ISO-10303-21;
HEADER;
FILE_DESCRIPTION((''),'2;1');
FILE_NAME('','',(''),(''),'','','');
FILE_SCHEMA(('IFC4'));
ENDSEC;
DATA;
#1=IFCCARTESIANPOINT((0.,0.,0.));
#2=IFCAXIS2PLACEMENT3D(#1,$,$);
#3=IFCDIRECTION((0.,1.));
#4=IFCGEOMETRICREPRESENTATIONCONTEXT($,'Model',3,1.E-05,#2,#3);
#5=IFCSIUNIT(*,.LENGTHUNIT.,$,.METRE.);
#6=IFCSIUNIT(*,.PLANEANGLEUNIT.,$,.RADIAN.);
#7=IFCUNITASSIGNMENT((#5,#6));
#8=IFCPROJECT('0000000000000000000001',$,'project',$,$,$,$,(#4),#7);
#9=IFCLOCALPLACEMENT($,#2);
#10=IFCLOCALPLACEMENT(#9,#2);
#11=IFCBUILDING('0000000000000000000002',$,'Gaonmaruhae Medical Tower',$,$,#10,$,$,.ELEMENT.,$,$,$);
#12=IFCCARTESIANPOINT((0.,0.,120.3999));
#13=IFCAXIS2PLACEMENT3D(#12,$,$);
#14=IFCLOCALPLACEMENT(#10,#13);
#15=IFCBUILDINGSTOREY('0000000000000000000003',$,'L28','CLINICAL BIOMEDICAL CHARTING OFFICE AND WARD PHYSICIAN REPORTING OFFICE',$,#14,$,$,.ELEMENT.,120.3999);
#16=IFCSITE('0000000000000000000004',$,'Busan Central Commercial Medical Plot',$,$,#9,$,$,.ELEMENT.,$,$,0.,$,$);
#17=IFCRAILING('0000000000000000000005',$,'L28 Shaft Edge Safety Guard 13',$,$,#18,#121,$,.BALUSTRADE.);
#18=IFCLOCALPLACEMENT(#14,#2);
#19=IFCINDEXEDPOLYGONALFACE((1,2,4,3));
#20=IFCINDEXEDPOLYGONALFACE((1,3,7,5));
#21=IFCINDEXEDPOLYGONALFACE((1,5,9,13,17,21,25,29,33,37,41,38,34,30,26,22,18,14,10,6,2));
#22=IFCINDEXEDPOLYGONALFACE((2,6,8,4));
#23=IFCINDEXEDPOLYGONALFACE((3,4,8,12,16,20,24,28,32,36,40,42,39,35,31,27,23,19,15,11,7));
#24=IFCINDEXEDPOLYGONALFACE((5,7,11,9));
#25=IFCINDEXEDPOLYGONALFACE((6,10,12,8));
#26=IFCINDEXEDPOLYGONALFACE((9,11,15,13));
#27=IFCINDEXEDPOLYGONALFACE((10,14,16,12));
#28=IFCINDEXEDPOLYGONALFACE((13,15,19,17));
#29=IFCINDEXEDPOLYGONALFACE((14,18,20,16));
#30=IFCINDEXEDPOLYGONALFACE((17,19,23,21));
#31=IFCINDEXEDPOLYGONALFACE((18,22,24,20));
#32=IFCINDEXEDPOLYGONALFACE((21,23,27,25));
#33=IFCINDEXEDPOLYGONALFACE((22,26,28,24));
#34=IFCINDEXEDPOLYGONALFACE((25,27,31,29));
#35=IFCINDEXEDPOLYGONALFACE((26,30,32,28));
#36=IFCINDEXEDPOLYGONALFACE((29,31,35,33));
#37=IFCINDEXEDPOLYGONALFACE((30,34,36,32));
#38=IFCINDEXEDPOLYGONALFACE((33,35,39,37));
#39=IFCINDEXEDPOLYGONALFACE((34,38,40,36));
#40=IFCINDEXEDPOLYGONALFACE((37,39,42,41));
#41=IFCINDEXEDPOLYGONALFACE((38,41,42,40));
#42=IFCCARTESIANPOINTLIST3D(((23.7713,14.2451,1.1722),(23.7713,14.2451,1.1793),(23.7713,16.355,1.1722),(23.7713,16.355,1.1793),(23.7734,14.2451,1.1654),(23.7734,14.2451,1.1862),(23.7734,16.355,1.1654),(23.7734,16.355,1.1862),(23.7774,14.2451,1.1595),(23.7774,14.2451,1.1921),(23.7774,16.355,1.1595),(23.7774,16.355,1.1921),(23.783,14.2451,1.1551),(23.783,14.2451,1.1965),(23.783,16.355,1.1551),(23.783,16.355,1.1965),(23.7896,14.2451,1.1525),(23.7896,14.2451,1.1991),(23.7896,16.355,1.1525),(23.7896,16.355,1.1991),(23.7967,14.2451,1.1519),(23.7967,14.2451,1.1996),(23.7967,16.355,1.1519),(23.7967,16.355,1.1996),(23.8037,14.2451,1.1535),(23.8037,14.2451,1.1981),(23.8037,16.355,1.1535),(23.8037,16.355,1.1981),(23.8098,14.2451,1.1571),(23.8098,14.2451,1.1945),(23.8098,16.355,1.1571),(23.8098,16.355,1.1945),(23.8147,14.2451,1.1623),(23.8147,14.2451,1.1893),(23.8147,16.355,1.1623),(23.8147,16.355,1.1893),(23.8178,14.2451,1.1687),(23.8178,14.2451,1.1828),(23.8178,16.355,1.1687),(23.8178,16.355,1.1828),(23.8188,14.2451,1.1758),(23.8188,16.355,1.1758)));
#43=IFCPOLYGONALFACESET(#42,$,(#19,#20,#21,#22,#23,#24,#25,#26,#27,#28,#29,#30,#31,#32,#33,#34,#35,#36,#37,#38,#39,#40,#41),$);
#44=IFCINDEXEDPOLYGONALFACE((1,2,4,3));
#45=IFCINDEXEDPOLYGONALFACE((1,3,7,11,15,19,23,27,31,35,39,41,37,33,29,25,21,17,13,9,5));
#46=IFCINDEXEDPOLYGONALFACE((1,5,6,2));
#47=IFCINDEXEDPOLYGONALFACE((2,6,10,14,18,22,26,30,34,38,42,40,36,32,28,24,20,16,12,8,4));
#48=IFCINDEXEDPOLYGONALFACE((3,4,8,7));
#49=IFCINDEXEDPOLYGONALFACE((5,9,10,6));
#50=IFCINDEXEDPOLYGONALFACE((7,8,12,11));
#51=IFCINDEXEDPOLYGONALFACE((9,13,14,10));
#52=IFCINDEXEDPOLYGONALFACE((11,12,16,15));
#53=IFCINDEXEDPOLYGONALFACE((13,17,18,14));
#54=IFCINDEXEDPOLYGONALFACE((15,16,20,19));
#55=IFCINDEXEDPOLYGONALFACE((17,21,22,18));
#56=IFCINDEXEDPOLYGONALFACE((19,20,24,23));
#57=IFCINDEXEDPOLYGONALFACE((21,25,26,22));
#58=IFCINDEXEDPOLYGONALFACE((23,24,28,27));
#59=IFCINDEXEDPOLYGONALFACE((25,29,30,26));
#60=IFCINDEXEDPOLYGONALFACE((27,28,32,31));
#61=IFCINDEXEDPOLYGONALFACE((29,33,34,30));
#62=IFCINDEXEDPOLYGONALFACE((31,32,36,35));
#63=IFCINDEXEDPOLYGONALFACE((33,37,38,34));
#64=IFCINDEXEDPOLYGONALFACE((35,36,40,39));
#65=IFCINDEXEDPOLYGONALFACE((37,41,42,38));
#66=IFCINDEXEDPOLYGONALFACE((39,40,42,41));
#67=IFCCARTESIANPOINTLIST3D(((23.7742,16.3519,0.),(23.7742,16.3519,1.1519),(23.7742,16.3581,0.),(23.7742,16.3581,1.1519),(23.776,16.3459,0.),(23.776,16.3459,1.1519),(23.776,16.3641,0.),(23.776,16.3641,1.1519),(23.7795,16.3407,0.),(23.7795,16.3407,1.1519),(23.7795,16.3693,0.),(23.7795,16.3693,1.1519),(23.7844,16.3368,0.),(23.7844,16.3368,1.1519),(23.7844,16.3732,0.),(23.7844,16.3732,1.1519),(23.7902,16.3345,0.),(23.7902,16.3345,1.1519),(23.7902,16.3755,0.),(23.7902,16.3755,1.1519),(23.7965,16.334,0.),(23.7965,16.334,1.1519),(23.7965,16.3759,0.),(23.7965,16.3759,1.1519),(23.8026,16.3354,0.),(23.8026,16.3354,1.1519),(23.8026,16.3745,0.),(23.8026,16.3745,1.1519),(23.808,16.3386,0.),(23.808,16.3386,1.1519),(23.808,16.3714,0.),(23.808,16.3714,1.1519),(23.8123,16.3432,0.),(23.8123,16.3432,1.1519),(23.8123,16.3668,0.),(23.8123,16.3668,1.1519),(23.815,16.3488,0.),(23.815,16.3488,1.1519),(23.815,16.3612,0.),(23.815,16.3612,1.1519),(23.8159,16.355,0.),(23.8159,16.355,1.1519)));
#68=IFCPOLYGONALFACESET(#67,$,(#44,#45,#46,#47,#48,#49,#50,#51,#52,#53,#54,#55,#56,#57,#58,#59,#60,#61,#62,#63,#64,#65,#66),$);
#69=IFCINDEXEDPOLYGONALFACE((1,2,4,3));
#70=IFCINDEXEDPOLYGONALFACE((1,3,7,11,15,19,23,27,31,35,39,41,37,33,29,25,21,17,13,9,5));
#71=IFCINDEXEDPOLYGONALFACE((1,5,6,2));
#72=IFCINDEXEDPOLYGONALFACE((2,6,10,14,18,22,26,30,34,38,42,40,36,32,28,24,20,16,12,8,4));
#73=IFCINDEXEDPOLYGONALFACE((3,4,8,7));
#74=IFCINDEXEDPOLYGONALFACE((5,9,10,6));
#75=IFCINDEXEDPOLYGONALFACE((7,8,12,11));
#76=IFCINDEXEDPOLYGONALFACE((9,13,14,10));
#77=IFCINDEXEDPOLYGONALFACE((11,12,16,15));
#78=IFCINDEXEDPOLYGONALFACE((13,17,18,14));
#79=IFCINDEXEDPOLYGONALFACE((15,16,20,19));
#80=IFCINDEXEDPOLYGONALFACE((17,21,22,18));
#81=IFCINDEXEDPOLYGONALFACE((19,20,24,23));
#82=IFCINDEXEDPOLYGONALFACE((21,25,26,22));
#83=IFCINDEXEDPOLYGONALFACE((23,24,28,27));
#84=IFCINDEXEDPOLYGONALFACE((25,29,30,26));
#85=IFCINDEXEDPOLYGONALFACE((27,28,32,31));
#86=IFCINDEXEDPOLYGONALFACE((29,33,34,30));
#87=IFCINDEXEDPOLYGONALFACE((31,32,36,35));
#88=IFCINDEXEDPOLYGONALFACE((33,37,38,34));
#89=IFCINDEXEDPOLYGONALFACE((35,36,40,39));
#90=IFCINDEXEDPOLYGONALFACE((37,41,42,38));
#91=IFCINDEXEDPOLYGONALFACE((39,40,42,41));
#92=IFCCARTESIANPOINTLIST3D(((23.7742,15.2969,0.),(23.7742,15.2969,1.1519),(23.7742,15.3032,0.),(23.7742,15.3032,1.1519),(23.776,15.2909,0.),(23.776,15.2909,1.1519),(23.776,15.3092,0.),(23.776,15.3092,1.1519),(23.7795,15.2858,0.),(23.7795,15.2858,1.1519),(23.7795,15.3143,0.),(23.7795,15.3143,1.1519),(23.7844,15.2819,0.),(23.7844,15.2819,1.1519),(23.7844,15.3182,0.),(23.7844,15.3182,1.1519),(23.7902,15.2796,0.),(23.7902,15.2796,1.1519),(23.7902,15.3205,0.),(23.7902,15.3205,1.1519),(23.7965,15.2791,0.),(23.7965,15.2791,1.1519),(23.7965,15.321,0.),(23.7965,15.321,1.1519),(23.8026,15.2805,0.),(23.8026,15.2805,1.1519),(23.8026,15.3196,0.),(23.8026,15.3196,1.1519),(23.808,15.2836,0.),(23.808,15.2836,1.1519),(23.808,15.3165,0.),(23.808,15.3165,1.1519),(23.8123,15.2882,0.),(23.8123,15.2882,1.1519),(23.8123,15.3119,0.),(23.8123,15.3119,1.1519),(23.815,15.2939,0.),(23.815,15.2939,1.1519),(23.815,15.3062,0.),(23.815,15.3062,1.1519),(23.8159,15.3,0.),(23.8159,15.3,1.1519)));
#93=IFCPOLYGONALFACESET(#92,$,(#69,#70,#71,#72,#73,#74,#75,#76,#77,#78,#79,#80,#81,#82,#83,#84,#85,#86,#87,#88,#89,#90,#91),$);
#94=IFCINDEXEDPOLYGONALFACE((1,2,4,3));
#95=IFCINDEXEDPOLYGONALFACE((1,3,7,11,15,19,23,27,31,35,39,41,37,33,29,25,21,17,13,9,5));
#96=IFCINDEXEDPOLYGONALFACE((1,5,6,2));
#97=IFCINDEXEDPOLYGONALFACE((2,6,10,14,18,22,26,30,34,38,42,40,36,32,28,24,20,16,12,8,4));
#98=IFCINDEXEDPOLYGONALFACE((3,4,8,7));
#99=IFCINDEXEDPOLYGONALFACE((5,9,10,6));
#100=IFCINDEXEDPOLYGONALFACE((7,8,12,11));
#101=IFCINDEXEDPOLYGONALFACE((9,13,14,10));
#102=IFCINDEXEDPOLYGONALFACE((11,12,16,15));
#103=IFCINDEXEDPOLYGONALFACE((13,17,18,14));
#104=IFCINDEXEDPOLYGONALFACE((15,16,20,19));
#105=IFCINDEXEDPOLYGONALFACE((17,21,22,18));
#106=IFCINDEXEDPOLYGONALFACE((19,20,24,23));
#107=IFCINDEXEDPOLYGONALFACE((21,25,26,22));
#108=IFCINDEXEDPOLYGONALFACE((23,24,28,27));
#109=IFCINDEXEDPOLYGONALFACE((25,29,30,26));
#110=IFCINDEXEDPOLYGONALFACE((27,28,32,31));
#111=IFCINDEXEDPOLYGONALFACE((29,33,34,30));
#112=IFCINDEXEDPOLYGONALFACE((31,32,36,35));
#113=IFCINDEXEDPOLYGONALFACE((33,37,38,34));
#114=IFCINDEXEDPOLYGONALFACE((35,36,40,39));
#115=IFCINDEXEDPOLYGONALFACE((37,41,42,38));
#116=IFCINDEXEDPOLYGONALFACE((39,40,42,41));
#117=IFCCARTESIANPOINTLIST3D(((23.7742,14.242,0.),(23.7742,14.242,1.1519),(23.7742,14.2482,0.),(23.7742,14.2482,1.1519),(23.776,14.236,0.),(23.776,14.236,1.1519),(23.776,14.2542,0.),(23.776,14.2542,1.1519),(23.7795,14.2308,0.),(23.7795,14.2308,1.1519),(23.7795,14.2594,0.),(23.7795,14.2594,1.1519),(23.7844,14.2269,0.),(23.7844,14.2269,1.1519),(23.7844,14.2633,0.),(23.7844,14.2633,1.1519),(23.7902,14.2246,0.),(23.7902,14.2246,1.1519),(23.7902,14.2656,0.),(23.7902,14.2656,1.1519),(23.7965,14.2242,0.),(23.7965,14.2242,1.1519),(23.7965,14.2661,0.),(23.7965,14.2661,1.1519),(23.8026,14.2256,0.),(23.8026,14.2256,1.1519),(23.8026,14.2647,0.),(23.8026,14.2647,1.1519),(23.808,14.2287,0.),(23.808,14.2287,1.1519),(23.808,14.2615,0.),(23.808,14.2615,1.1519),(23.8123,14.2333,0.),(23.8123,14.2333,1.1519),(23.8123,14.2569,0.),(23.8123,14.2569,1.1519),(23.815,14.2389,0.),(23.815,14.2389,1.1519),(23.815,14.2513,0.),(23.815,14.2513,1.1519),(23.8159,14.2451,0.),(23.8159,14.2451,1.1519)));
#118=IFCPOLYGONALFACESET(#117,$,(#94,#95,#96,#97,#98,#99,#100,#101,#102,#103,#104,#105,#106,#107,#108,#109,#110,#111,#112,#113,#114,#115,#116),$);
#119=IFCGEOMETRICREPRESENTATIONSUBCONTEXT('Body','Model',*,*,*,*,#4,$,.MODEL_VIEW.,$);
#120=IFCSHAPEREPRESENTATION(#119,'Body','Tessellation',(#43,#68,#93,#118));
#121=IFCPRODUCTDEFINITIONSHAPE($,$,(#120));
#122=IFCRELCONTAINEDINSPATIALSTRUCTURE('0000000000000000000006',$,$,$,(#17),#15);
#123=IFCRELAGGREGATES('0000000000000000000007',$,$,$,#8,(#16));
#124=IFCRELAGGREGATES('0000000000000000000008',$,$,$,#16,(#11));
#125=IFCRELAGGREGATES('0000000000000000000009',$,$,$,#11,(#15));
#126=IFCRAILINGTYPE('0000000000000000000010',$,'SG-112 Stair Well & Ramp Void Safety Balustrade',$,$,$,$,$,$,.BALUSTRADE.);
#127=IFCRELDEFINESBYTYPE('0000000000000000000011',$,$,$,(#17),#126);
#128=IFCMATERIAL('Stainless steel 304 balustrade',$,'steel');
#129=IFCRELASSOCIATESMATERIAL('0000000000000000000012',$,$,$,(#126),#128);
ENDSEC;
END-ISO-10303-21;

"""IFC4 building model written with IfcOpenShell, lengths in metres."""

from ifc_helpers import new_model, si_unit, direction, frame, origin, origin_2d, place, context, subcontext, project, spatial, circle, extrude, material, type_object, element, save


model = new_model("IFC4")

# Units and contexts
model_context = context("Model", 3, precision=1e-05, world=origin(), true_north=direction((0.0, 1.0)))
body_context = subcontext(model_context, "Body", "Model", "MODEL_VIEW")
ifc_project = project(units=[si_unit("LENGTHUNIT", "METRE"), si_unit("PLANEANGLEUNIT", "RADIAN")], contexts=[model_context])

# Site, building, storey
site_placement = place(None, origin())
site = spatial("IfcSite", under=ifc_project, at=site_placement, Name="Busan Central Commercial Medical Plot", CompositionType="ELEMENT", RefElevation=0.0)
building_placement = place(site_placement, origin())
building = spatial("IfcBuilding", under=site, at=building_placement, Name="Gaonmaruhae Medical Tower", CompositionType="ELEMENT")
storey_placement = place(building_placement, frame((0.0, 0.0, 120.3999)))
storey = spatial("IfcBuildingStorey", under=building, at=storey_placement, Name="L28", Description="CLINICAL BIOMEDICAL CHARTING OFFICE AND WARD PHYSICIAN REPORTING OFFICE", CompositionType="ELEMENT", Elevation=120.3999)

# Railing
ifc_material_1 = material(Name="Stainless steel 304 balustrade", Category="steel")
railing_type_1 = type_object("IfcRailingType", Name="SG-112 Stair Well & Ramp Void Safety Balustrade", PredefinedType="BALUSTRADE", material=ifc_material_1)
railing_1_placement = place(storey_placement, frame((23.7949, 16.355, 0.0)))
element("IfcRailing", 1, at=railing_1_placement, inside=storey, type_object=railing_type_1, Name="L28 Shaft Edge Safety Guard 13", PredefinedType="BALUSTRADE", context=body_context, shape_type="SweptSolid", body=[
    extrude(circle(Radius=0.0239, at=origin_2d()), frame((0.0, 0.0, 1.1758), z_axis=(0.0, -1.0, 0.0), x_axis=(1.0, 0.0, 0.0)), (0.0, 0.0, 1.0), 2.1099),
    extrude(circle(Radius=0.021, at=origin_2d()), origin(), (0.0, 0.0, 1.0), 1.1519),
    extrude(circle(Radius=0.021, at=origin_2d()), frame((0.0, -1.0549, 0.0)), (0.0, 0.0, 1.0), 1.1519),
    extrude(circle(Radius=0.021, at=origin_2d()), frame((0.0, -2.1099, 0.0)), (0.0, 0.0, 1.0), 1.1519),
])

save(model, "model.ifc")
